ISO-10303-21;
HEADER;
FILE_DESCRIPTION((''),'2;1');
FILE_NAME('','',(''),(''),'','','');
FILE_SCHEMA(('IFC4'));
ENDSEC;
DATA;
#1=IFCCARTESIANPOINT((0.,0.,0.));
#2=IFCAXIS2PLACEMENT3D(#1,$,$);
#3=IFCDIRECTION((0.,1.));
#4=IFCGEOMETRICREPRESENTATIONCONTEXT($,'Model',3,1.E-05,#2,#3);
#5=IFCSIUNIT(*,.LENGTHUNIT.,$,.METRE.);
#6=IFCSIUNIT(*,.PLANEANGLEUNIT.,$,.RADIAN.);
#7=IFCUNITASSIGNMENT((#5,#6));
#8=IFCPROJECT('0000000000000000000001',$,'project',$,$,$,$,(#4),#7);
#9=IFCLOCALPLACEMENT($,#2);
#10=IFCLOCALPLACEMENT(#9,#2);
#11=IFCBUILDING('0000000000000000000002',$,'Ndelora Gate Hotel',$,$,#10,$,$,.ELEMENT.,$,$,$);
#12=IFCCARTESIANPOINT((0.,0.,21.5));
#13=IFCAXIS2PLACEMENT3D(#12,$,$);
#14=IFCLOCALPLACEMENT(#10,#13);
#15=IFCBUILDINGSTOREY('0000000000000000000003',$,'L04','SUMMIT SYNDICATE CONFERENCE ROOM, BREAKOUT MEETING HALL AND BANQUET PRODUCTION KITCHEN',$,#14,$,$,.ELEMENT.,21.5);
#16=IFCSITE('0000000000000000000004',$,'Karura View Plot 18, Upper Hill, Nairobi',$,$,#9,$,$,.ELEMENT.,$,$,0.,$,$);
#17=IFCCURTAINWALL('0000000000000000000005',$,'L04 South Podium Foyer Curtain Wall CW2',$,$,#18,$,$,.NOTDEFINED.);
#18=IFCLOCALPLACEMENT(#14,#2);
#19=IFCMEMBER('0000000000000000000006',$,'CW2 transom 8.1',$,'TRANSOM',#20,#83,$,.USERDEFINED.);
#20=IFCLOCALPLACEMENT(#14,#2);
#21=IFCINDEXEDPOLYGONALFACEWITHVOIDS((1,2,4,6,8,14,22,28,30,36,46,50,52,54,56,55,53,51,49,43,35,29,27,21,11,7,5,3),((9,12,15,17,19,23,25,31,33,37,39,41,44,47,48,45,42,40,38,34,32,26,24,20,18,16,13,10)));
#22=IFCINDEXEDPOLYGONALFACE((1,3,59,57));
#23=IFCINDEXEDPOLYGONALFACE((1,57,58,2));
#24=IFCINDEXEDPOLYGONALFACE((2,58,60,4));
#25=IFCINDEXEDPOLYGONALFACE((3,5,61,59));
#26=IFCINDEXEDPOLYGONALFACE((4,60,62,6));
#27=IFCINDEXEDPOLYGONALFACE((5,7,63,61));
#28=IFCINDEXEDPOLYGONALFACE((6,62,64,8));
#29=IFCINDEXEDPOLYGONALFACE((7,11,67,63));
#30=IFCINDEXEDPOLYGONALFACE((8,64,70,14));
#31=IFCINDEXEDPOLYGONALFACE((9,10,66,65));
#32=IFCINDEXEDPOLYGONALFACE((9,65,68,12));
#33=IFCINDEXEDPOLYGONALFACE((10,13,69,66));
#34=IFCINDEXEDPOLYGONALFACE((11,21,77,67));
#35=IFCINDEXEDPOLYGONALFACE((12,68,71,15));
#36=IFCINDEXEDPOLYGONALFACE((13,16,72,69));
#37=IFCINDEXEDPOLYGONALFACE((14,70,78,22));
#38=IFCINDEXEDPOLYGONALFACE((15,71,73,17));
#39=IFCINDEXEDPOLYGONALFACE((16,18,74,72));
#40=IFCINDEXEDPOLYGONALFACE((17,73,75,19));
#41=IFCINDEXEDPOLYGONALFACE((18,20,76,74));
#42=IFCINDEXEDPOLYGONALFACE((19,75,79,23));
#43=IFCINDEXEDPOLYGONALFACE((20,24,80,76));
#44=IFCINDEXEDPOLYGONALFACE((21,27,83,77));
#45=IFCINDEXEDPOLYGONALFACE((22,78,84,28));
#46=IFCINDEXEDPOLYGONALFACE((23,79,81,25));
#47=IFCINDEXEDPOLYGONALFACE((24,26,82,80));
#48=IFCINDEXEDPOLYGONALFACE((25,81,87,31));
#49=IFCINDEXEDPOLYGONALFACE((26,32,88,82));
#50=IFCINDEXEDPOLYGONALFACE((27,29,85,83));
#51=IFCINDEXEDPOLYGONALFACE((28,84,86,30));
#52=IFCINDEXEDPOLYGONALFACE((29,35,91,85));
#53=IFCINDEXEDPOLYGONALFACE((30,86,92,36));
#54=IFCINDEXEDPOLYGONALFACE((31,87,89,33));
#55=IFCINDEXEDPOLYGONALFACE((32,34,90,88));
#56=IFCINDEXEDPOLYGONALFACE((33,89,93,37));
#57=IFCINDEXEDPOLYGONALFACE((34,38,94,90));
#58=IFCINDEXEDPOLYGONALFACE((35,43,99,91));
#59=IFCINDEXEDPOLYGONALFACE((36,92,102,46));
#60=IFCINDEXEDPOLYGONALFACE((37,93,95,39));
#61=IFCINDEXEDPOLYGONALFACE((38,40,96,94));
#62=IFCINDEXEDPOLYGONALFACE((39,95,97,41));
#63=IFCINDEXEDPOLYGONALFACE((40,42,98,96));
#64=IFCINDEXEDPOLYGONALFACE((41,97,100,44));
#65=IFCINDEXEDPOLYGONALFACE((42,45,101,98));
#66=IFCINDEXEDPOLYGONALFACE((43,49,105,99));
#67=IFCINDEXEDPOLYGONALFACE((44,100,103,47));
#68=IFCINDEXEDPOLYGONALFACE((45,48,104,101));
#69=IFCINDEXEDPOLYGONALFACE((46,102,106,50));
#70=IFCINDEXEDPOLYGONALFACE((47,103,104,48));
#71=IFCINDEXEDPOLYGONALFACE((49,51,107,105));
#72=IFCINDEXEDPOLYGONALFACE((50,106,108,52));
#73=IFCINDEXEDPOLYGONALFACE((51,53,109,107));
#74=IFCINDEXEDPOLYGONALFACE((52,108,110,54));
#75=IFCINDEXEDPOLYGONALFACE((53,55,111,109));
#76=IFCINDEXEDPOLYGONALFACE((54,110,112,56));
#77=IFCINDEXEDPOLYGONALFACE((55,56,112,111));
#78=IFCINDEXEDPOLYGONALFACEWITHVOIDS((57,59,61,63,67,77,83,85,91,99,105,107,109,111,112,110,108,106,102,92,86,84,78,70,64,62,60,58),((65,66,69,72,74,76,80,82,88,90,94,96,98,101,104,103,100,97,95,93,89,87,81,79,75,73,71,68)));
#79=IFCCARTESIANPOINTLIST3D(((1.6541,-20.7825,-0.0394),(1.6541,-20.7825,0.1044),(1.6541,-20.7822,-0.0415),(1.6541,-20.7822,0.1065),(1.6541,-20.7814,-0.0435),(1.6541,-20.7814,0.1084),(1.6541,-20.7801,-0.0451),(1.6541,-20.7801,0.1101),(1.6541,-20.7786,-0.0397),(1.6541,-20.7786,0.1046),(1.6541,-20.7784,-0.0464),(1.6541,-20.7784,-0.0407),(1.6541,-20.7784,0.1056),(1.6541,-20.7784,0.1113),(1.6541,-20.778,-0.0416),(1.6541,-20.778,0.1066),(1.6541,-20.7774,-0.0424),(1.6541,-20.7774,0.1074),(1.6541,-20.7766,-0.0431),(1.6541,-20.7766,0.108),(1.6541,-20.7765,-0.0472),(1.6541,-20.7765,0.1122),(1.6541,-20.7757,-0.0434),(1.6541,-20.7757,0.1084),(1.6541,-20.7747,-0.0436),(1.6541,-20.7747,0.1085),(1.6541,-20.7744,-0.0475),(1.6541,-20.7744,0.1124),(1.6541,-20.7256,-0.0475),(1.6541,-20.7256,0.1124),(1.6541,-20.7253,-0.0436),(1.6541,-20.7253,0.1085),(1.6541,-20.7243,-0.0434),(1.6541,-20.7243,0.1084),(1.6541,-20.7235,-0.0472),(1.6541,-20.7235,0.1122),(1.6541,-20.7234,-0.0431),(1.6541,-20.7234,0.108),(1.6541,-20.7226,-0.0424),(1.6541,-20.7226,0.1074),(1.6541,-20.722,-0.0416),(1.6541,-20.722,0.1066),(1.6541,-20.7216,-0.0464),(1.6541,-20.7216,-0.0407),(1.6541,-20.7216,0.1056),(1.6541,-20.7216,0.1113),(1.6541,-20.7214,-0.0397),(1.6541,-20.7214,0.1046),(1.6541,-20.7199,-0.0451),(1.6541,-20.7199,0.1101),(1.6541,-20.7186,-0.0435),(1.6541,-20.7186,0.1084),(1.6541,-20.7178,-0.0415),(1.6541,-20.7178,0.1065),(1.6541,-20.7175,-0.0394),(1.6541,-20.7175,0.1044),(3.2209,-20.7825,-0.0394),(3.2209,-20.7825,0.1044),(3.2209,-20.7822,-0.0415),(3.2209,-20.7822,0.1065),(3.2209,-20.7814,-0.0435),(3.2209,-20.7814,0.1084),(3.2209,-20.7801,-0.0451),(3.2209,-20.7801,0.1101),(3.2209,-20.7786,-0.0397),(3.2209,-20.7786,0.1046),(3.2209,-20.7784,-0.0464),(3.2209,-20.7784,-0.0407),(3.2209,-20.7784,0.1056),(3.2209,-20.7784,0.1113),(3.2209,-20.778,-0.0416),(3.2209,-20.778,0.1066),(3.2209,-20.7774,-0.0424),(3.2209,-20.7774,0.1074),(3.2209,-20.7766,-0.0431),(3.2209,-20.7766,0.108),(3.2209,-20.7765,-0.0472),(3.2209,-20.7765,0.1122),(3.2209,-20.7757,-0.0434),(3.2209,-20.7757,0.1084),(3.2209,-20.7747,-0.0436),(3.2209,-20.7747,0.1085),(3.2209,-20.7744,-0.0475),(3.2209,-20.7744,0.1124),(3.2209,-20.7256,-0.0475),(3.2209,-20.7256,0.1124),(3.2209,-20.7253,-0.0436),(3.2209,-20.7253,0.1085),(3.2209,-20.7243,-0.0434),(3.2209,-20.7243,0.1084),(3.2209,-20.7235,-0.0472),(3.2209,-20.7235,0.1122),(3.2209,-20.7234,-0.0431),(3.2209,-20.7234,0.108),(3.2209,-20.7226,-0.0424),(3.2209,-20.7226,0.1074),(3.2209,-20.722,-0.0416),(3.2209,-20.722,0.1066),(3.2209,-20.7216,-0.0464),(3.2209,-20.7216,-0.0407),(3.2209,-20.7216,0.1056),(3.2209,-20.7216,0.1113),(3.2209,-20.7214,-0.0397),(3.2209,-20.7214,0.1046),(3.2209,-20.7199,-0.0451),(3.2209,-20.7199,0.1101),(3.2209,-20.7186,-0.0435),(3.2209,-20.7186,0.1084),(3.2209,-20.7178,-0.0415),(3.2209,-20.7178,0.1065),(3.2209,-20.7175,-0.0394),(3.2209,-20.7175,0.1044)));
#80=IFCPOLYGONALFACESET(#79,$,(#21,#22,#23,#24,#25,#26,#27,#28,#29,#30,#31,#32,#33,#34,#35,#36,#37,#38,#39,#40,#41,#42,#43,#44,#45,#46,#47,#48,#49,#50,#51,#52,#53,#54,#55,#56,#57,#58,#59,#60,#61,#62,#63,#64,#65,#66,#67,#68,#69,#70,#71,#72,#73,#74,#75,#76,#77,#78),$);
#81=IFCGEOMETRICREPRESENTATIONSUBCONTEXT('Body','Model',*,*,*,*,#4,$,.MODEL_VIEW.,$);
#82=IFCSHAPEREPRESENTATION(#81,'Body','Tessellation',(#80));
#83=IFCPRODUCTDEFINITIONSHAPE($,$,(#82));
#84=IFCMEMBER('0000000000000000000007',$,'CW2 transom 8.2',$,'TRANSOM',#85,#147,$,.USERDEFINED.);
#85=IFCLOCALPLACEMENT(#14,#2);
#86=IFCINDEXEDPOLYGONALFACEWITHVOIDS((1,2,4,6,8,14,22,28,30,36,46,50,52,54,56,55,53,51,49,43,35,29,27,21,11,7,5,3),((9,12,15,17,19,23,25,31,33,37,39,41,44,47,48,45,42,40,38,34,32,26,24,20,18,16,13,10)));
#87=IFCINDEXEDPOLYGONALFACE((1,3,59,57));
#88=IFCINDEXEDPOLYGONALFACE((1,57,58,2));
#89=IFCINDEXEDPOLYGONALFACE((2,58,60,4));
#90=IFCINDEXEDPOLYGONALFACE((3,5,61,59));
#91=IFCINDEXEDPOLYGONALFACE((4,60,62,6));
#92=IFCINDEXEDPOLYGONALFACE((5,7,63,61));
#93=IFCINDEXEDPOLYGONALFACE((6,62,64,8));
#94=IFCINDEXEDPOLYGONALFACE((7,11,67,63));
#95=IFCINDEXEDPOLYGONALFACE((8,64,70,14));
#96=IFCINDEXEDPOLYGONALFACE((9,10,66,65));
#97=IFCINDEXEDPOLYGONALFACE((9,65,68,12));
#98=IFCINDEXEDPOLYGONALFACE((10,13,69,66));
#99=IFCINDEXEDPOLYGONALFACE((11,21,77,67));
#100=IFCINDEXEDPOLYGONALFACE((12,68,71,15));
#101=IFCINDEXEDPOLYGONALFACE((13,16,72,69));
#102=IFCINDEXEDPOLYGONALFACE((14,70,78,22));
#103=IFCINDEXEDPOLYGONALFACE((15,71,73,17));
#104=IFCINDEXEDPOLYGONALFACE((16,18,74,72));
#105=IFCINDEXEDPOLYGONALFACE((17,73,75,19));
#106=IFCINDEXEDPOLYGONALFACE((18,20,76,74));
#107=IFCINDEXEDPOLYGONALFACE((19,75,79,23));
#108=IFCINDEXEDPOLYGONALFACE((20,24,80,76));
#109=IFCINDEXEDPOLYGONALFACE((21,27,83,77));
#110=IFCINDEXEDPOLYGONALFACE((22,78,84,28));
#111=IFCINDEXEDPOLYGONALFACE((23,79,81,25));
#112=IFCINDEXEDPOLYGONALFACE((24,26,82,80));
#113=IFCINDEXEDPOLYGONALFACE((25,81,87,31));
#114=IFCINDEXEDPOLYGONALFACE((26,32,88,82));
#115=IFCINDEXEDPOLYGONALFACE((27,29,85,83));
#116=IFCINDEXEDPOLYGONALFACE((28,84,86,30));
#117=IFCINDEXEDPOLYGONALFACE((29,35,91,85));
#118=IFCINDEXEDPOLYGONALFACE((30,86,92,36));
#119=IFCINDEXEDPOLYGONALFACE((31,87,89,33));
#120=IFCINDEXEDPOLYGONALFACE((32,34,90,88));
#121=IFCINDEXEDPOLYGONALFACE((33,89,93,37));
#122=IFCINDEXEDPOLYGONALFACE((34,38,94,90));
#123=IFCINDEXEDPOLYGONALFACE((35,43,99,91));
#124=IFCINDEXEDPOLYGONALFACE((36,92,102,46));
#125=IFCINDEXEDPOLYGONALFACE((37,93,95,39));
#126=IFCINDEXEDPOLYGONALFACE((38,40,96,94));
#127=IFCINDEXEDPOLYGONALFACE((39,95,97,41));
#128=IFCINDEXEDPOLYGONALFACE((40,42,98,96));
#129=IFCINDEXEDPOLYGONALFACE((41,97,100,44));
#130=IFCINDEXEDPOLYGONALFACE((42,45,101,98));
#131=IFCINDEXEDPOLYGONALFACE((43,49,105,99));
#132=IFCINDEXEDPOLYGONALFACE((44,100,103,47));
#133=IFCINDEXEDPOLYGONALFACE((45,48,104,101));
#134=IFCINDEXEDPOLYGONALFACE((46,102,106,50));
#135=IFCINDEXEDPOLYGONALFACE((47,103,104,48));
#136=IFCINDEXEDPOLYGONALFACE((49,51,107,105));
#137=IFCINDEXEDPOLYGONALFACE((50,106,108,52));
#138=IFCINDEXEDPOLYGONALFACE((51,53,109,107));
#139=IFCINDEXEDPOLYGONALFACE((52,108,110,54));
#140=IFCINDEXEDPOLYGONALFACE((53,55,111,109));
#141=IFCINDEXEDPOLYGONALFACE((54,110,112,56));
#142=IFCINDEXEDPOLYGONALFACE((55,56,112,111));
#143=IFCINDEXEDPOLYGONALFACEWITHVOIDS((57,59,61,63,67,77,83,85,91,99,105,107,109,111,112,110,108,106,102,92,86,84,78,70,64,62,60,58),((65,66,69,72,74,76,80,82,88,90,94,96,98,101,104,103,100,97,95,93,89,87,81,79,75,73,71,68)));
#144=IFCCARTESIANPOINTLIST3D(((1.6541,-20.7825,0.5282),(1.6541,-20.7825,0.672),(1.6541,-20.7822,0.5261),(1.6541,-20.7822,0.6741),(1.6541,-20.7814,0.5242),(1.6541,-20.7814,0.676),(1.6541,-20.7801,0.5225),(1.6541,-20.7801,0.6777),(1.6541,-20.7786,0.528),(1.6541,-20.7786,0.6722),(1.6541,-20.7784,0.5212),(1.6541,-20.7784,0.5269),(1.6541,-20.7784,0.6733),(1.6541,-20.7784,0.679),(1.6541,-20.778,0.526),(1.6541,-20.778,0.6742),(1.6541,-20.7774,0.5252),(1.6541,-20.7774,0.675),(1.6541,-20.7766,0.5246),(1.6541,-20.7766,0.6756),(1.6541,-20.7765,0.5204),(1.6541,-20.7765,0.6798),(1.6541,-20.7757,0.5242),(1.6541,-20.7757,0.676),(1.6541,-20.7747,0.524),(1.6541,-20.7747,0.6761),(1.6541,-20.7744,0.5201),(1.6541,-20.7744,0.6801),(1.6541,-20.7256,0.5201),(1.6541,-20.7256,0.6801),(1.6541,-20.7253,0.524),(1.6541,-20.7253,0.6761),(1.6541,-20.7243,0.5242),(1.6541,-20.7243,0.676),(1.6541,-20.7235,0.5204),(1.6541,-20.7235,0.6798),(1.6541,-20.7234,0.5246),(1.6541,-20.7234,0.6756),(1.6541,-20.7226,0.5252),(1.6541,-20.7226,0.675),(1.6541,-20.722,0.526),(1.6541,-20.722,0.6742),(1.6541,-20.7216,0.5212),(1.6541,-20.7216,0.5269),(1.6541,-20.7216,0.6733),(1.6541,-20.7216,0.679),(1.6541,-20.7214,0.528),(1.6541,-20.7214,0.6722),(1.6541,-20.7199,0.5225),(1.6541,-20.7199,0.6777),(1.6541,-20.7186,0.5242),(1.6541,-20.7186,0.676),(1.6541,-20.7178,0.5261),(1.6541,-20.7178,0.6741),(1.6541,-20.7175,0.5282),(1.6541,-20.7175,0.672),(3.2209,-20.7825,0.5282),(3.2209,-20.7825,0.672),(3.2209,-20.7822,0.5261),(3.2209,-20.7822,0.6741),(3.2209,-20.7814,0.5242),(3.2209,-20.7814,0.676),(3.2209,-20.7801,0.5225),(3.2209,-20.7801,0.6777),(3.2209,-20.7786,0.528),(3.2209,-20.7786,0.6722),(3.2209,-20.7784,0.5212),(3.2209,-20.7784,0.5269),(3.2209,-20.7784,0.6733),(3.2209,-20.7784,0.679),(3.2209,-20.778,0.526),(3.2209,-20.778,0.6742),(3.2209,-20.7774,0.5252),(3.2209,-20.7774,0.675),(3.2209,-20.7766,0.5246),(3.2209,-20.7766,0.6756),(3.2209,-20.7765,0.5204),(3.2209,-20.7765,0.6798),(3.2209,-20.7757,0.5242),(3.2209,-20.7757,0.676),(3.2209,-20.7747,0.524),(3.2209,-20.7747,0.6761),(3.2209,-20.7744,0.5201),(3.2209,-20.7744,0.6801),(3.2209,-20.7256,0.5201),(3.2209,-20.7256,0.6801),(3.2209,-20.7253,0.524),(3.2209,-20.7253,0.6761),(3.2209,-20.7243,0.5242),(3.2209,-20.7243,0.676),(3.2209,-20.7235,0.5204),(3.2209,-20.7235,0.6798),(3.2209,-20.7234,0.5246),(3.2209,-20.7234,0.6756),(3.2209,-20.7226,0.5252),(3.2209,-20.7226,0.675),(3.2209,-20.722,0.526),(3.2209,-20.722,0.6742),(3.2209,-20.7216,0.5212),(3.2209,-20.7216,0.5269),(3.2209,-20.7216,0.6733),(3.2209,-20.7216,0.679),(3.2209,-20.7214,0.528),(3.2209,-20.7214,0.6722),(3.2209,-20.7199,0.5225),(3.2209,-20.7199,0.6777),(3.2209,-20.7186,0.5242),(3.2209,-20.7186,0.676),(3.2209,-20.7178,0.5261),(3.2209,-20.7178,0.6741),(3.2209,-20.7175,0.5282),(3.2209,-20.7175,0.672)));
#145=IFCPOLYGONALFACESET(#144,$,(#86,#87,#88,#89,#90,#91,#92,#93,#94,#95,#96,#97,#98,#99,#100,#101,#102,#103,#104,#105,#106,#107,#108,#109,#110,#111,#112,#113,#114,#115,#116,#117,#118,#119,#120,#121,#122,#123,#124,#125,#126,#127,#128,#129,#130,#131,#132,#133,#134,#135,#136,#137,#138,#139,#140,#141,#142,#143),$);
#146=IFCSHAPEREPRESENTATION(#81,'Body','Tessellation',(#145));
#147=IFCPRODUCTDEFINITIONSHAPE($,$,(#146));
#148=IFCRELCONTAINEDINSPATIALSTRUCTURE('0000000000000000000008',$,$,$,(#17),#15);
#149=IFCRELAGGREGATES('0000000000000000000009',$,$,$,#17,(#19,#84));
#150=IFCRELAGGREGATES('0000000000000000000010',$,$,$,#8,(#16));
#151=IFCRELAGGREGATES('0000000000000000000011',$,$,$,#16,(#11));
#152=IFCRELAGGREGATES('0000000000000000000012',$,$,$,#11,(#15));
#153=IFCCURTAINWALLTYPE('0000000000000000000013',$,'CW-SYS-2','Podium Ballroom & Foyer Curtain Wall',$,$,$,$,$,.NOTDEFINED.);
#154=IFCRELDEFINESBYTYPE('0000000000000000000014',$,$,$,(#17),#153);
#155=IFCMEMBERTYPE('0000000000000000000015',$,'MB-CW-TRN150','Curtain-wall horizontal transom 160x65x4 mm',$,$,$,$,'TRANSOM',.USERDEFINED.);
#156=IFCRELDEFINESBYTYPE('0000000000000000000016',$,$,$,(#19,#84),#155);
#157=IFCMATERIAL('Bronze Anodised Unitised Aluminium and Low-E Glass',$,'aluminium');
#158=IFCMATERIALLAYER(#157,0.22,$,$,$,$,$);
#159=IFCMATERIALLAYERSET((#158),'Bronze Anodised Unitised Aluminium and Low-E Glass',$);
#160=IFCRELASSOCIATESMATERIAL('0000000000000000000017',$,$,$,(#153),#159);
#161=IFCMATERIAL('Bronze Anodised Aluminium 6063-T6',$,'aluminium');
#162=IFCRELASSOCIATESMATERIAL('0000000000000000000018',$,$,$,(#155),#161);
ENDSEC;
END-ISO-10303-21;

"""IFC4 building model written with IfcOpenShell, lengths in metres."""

from ifc_helpers import new_model, si_unit, direction, frame, origin, origin_2d, place, context, subcontext, project, spatial, hollow_rectangle, extrude, material, layer, layer_set, material_profile, profile_set, type_object, element, aggregate, save


model = new_model("IFC4")

# Units and contexts
model_context = context("Model", 3, precision=1e-05, world=origin(), true_north=direction((0.0, 1.0)))
body_context = subcontext(model_context, "Body", "Model", "MODEL_VIEW")
ifc_project = project(units=[si_unit("LENGTHUNIT", "METRE"), si_unit("PLANEANGLEUNIT", "RADIAN")], contexts=[model_context])

# Site, building, storey
site_placement = place(None, origin())
site = spatial("IfcSite", under=ifc_project, at=site_placement, Name="Karura View Plot 18, Upper Hill, Nairobi", CompositionType="ELEMENT", RefElevation=0.0)
building_placement = place(site_placement, origin())
building = spatial("IfcBuilding", under=site, at=building_placement, Name="Ndelora Gate Hotel", CompositionType="ELEMENT")
storey_placement = place(building_placement, frame((0.0, 0.0, 21.5)))
storey = spatial("IfcBuildingStorey", under=building, at=storey_placement, Name="L04", Description="SUMMIT SYNDICATE CONFERENCE ROOM, BREAKOUT MEETING HALL AND BANQUET PRODUCTION KITCHEN", CompositionType="ELEMENT", Elevation=21.5)

# Curtain wall, members
ifc_material_1 = material(Name="Bronze Anodised Unitised Aluminium and Low-E Glass", Category="aluminium")
ifc_layer_1 = layer(ifc_material_1, 0.22)
ifc_layer_set_1 = layer_set([ifc_layer_1], Name="Bronze Anodised Unitised Aluminium and Low-E Glass")
curtain_wall_type = type_object("IfcCurtainWallType", Name="CW-SYS-2", Description="Podium Ballroom & Foyer Curtain Wall", PredefinedType="NOTDEFINED", material=ifc_layer_set_1)
curtain_wall_placement = place(storey_placement, origin())
curtain_wall = element("IfcCurtainWall", 1, at=curtain_wall_placement, inside=storey, type_object=curtain_wall_type, Name="L04 South Podium Foyer Curtain Wall CW2", PredefinedType="NOTDEFINED")
ifc_material_2 = material(Name="Bronze Anodised Aluminium 6063-T6", Category="aluminium")
ifc_material_profile_1 = material_profile(ifc_material_2, hollow_rectangle(XDim=0.0649, YDim=0.1599, WallThickness=0.0039, InnerFilletRadius=0.0039, OuterFilletRadius=0.0081, at=origin_2d()), Name="ALU 160x65x4")
ifc_profile_set_1 = profile_set([ifc_material_profile_1], Name="Bronze Anodised Aluminium 6063-T6")
member_type_1 = type_object("IfcMemberType", Name="MB-CW-TRN150", Description="Curtain-wall horizontal transom 160x65x4 mm", ElementType="TRANSOM", PredefinedType="USERDEFINED", material=ifc_profile_set_1)
member_1_placement = place(storey_placement, frame((1.6541, -20.75, 0.0325), z_axis=(1.0, 0.0, 0.0), x_axis=(0.0, 1.0, 0.0)))
member_1 = element("IfcMember", 2, at=member_1_placement, type_object=member_type_1, Name="CW2 transom 8.1", ObjectType="TRANSOM", PredefinedType="USERDEFINED", context=body_context, shape_type="SweptSolid", body=[
    extrude(hollow_rectangle(XDim=0.0649, YDim=0.1599, WallThickness=0.0039, InnerFilletRadius=0.0039, OuterFilletRadius=0.0081, at=origin_2d()), origin(), (0.0, 0.0, 1.0), 1.5669),
])
member_2_placement = place(storey_placement, frame((1.6541, -20.75, 0.6001), z_axis=(1.0, 0.0, 0.0), x_axis=(0.0, 1.0, 0.0)))
member_2 = element("IfcMember", 3, at=member_2_placement, type_object=member_type_1, Name="CW2 transom 8.2", ObjectType="TRANSOM", PredefinedType="USERDEFINED", context=body_context, shape_type="SweptSolid", body=[
    extrude(hollow_rectangle(XDim=0.0649, YDim=0.1599, WallThickness=0.0039, InnerFilletRadius=0.0039, OuterFilletRadius=0.0081, at=origin_2d()), origin(), (0.0, 0.0, 1.0), 1.5669),
])
aggregate(curtain_wall, [member_1, member_2])

save(model, "model.ifc")
